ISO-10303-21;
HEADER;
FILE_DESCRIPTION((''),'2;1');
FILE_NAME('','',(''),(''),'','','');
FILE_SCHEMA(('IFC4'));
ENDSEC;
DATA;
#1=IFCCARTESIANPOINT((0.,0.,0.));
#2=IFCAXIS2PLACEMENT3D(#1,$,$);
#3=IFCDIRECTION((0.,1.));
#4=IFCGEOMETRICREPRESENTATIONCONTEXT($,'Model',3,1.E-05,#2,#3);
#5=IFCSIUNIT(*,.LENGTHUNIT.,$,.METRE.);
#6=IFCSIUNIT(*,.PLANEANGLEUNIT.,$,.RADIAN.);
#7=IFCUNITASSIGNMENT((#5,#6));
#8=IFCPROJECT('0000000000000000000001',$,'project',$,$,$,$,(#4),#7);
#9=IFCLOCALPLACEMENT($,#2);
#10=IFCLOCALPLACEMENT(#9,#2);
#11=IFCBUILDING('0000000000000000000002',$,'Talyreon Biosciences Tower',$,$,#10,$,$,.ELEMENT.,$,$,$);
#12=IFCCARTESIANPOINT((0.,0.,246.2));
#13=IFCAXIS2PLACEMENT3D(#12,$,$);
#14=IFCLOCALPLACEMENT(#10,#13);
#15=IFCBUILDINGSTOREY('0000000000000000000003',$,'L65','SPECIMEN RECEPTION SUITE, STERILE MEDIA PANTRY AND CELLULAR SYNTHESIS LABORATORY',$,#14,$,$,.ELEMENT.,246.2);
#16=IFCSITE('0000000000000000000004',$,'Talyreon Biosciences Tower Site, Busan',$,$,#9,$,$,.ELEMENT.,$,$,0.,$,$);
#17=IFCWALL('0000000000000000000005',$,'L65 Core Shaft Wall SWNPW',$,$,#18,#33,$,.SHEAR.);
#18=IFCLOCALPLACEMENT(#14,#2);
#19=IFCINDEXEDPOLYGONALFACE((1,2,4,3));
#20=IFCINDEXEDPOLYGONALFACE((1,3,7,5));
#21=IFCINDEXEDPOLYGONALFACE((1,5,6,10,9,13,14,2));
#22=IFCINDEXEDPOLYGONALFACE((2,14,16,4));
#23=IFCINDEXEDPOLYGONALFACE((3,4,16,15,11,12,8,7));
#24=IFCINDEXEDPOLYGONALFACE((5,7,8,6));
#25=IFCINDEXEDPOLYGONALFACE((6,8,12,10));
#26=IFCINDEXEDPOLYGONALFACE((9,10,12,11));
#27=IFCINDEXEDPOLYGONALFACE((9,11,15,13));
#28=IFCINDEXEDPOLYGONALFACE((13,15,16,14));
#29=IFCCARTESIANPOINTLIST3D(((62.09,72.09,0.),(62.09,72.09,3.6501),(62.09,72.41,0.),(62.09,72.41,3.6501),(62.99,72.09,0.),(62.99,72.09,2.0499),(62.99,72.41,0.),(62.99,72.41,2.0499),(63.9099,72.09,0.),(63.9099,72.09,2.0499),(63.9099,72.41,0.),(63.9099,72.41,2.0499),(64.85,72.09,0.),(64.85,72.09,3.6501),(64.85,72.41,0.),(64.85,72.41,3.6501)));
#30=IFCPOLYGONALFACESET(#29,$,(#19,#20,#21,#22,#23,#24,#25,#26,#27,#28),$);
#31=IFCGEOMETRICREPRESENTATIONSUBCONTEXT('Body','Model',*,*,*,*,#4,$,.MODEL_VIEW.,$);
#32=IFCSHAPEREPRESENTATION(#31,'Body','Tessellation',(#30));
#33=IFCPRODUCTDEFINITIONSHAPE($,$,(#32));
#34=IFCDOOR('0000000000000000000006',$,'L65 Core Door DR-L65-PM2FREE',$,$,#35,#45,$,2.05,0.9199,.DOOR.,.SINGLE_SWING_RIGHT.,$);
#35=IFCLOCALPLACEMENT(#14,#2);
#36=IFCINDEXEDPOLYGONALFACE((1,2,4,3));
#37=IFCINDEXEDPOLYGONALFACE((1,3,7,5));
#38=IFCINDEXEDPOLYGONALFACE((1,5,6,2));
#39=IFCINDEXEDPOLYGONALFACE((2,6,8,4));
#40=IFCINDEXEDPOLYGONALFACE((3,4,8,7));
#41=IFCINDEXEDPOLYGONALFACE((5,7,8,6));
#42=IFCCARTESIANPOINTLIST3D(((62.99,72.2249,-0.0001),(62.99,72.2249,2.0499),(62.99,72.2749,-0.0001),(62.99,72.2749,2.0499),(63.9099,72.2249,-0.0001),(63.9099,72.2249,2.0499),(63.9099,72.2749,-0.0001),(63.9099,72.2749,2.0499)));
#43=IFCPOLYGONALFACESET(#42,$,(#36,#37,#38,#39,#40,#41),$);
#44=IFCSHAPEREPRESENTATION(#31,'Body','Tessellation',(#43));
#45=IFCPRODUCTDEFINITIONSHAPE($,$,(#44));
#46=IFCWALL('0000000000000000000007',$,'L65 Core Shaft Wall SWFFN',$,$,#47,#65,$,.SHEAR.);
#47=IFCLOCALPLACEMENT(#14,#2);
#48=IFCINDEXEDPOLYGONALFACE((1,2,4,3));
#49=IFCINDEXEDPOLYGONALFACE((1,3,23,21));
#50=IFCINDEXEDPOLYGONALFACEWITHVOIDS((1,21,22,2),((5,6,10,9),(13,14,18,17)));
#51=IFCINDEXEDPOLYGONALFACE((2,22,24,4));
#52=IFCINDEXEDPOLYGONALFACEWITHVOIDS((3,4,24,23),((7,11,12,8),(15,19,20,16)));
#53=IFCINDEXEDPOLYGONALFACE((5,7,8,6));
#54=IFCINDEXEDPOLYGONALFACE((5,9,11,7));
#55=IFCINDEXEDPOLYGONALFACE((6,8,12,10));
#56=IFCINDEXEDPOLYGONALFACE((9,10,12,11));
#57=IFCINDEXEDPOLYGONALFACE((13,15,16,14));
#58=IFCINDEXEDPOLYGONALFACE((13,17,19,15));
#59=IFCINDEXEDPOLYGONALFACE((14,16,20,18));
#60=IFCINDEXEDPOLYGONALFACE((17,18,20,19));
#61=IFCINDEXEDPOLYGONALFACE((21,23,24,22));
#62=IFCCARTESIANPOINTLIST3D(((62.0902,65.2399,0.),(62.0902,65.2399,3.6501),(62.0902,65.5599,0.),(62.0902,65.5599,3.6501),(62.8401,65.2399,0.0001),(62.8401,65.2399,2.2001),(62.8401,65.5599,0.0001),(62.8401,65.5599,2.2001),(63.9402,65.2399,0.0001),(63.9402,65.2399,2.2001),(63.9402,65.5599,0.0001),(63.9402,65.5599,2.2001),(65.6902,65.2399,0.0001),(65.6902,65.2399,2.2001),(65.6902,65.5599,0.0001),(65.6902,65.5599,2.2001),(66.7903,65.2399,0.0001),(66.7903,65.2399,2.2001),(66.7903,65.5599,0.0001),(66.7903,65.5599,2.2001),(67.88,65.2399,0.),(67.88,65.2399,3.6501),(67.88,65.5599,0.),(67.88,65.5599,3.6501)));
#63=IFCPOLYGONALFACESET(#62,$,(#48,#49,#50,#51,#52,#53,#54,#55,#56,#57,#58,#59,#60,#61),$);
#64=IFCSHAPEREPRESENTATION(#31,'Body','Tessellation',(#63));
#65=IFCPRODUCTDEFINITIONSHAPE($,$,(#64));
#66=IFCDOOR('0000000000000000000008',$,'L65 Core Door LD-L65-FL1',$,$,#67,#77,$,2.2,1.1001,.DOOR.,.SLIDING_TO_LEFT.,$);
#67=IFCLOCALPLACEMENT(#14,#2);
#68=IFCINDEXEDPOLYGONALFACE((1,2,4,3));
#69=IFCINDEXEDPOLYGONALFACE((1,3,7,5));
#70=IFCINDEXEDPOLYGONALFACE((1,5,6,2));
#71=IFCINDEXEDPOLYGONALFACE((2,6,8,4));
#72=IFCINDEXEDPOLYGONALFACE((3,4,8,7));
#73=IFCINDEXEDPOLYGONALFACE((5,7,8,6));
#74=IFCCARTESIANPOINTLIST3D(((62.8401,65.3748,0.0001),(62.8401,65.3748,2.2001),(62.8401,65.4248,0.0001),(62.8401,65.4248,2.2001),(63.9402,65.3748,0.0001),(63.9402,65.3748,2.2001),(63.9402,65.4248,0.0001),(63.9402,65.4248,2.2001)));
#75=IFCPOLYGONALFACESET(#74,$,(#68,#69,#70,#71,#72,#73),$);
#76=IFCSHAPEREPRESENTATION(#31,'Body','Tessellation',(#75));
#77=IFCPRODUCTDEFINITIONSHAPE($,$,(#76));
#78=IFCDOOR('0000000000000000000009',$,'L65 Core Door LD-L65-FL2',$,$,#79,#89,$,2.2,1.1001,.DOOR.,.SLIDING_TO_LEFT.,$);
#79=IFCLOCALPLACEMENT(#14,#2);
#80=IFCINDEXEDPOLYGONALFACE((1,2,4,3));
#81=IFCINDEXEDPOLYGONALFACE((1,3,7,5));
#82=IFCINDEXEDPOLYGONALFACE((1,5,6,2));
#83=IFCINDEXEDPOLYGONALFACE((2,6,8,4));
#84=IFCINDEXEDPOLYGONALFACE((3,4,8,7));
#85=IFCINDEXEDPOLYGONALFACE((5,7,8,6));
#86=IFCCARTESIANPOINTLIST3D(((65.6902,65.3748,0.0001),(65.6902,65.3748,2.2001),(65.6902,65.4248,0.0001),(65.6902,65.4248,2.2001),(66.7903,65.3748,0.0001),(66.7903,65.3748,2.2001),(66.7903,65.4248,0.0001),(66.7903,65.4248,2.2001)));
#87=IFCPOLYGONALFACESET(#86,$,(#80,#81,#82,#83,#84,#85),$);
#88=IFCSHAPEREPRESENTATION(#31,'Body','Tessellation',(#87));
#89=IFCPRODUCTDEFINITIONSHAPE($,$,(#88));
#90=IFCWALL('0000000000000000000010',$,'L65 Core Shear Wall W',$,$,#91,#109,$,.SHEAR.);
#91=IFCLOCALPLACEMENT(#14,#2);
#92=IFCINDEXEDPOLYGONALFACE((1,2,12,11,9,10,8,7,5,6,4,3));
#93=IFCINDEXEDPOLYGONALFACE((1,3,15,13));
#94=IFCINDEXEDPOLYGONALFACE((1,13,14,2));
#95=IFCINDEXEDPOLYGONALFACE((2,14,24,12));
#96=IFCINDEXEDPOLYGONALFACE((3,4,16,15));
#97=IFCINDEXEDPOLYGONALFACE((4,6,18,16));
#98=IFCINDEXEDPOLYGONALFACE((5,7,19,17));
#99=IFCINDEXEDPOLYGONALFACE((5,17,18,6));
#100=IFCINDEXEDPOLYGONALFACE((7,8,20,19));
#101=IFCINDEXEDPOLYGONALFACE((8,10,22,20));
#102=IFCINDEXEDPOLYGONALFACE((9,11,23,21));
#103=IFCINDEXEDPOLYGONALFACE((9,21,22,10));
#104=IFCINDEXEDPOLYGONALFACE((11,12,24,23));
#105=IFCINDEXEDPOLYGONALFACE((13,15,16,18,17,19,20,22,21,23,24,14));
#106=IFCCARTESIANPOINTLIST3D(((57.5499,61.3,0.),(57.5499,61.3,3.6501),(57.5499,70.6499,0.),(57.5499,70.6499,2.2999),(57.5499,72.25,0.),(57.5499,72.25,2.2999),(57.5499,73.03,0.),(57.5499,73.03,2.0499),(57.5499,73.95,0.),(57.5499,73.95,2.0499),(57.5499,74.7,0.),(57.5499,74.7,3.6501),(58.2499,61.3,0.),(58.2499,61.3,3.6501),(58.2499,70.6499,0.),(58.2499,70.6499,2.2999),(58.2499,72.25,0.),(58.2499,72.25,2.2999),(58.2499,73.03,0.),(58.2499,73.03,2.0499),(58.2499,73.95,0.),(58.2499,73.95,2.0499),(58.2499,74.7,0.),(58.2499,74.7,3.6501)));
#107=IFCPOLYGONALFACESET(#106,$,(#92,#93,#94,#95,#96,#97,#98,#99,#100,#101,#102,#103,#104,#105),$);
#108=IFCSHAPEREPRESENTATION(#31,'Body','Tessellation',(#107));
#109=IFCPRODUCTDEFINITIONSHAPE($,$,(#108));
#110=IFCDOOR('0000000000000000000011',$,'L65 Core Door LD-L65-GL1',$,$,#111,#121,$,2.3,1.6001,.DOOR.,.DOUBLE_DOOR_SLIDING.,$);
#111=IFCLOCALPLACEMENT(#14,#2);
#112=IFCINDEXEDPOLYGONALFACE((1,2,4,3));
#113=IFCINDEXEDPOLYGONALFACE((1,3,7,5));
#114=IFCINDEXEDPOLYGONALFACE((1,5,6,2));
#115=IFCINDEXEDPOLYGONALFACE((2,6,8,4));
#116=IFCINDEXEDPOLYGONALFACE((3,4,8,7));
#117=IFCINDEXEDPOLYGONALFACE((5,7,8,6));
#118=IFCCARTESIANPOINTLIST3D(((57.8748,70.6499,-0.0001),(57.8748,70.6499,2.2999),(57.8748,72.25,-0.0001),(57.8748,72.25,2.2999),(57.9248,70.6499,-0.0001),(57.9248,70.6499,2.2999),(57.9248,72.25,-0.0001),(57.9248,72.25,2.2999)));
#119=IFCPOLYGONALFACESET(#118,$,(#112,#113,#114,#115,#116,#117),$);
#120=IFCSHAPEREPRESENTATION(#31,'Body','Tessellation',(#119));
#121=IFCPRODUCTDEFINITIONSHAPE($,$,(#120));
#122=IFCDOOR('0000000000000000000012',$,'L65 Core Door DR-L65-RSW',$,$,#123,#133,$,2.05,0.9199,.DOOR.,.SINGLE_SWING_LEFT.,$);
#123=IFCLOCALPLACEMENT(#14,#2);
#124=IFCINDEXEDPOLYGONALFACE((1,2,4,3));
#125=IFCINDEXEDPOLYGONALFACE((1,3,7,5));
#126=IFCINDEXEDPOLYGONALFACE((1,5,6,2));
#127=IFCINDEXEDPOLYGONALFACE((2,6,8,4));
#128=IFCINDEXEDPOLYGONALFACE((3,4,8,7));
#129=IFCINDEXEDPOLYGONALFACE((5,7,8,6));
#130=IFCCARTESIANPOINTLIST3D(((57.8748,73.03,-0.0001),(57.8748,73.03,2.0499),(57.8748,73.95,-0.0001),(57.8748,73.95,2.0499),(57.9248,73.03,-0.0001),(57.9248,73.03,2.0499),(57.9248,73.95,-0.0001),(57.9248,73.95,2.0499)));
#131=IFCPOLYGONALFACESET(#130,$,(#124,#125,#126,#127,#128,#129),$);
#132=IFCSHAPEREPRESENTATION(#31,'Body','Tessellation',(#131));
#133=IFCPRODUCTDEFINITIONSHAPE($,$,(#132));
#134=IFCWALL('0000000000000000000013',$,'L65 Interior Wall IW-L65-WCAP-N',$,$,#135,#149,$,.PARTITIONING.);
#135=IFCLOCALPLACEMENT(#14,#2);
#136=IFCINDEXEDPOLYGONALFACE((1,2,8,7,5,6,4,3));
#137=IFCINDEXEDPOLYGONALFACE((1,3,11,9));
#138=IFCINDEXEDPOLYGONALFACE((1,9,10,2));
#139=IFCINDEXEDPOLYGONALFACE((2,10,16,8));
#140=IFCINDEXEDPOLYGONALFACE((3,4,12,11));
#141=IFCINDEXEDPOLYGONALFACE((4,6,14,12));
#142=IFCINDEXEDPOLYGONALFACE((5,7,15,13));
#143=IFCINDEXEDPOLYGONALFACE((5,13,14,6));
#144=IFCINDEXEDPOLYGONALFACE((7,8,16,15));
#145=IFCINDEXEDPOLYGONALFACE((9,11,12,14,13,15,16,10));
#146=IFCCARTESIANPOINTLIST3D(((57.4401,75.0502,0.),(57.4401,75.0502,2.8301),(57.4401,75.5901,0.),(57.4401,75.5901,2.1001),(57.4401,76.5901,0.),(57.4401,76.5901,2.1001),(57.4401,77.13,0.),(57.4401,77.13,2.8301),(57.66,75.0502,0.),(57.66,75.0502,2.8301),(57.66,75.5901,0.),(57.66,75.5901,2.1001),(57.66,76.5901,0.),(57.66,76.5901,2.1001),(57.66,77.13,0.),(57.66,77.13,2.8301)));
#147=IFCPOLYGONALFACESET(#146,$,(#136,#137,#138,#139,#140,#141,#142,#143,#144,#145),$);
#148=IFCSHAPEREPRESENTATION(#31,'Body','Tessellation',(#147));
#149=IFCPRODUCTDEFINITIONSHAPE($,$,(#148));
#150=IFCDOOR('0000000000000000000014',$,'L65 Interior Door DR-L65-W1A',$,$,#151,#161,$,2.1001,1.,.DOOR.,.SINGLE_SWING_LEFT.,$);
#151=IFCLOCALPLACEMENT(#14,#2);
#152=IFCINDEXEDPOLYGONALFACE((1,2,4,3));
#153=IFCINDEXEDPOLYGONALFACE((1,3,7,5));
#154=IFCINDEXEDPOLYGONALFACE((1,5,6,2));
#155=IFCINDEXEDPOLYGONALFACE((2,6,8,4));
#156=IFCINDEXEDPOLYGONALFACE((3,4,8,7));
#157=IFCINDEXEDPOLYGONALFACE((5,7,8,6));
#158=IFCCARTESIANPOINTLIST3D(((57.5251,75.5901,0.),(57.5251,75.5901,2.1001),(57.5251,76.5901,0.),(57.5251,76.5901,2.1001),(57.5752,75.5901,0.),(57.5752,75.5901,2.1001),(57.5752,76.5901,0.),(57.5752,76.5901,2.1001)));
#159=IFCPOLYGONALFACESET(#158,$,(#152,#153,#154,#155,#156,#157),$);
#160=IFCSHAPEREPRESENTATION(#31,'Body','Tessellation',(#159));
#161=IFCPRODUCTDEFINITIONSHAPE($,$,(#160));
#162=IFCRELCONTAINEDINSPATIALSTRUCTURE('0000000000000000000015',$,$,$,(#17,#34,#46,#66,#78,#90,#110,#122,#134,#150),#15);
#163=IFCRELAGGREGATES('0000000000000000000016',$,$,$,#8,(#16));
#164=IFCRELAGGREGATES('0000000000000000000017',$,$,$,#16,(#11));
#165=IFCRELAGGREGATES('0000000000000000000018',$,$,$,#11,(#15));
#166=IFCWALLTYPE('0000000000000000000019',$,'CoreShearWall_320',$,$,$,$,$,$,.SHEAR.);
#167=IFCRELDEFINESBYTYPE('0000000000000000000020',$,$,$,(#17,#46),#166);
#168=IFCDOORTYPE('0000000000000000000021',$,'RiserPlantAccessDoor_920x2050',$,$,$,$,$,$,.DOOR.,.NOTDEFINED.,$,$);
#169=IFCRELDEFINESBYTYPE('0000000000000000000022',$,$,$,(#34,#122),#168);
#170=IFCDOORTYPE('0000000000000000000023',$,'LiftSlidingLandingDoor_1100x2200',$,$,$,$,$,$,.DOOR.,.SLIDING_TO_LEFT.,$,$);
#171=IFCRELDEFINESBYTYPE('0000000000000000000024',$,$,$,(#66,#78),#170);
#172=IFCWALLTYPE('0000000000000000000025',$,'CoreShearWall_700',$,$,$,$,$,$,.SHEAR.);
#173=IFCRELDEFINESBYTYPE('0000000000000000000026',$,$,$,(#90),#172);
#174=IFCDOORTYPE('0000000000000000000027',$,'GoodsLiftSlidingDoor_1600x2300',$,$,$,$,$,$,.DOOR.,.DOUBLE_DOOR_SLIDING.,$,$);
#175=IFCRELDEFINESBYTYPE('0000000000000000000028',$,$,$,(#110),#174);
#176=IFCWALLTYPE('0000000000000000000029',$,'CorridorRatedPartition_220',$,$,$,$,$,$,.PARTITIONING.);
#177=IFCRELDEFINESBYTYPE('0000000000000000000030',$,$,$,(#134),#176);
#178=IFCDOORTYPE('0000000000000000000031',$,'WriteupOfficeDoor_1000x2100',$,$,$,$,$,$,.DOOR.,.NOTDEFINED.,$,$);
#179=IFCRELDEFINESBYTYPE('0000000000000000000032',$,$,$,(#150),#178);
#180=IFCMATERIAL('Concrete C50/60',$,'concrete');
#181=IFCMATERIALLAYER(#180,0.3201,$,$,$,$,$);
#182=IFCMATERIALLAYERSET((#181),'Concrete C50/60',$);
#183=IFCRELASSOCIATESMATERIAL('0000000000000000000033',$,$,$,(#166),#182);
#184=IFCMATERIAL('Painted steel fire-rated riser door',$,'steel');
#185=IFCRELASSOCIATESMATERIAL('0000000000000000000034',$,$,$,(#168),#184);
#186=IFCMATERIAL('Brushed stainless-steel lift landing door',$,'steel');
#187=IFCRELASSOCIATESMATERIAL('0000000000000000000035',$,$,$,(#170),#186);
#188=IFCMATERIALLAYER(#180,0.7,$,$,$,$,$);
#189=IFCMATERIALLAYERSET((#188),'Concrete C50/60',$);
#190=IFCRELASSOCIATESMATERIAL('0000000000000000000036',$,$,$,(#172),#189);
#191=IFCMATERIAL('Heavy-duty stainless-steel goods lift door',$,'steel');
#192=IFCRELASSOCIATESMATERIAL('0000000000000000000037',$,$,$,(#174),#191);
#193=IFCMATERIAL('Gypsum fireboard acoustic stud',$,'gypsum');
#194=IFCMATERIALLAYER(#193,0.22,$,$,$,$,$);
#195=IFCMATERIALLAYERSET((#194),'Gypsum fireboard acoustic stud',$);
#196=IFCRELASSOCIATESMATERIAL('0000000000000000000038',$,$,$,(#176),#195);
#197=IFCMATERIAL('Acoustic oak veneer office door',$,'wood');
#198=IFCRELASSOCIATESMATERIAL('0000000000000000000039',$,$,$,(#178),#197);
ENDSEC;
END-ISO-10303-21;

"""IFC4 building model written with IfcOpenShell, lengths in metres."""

from ifc_helpers import new_model, si_unit, direction, frame, frame_2d, origin, place, context, subcontext, project, spatial, rectangle, extrude, material, layer, layer_set, type_object, element, fill, save


model = new_model("IFC4")

# Units and contexts
model_context = context("Model", 3, precision=1e-05, world=origin(), true_north=direction((0.0, 1.0)))
body_context = subcontext(model_context, "Body", "Model", "MODEL_VIEW")
ifc_project = project(units=[si_unit("LENGTHUNIT", "METRE"), si_unit("PLANEANGLEUNIT", "RADIAN")], contexts=[model_context])

# Site, building, storey
site_placement = place(None, origin())
site = spatial("IfcSite", under=ifc_project, at=site_placement, Name="Talyreon Biosciences Tower Site, Busan", CompositionType="ELEMENT", RefElevation=0.0)
building_placement = place(site_placement, origin())
building = spatial("IfcBuilding", under=site, at=building_placement, Name="Talyreon Biosciences Tower", CompositionType="ELEMENT")
storey_placement = place(building_placement, frame((0.0, 0.0, 246.2)))
storey = spatial("IfcBuildingStorey", under=building, at=storey_placement, Name="L65", Description="SPECIMEN RECEPTION SUITE, STERILE MEDIA PANTRY AND CELLULAR SYNTHESIS LABORATORY", CompositionType="ELEMENT", Elevation=246.2)

# Shared definitions
ifc_material_1 = material(Name="Concrete C50/60", Category="concrete")

# Shared definitions
ifc_layer_1 = layer(ifc_material_1, 0.3201)
ifc_layer_set_1 = layer_set([ifc_layer_1], Name="Concrete C50/60")
wall_type_1 = type_object("IfcWallType", Name="CoreShearWall_320", PredefinedType="SHEAR", material=ifc_layer_set_1)

# Wall, opening, door
wall_1_placement = place(storey_placement, frame((62.0901, 72.25, 0.0), z_axis=(0.0, 0.0, 1.0), x_axis=(1.0, 0.0, 0.0)))
wall_1 = element("IfcWall", 1, at=wall_1_placement, inside=storey, type_object=wall_type_1, Name="L65 Core Shaft Wall SWNPW", PredefinedType="SHEAR", context=body_context, shape_type="SweptSolid", body=[
    extrude(rectangle(XDim=2.76, YDim=0.3201, at=frame_2d((1.3799, 0.0))), origin(), (0.0, 0.0, 1.0), 3.6501),
])
opening_1_placement = place(wall_1_placement, frame((0.8999, 0.0, 0.0)))
opening_1 = element("IfcOpeningElement", 2, at=opening_1_placement, cuts=wall_1, PredefinedType="OPENING", context=body_context, shape_type="SweptSolid", body=[
    extrude(rectangle(XDim=0.9199, YDim=2.05, at=frame_2d((0.46, 1.0249))), frame((0.0, 0.1699, 0.0), z_axis=(0.0, -1.0, 0.0), x_axis=(1.0, 0.0, 0.0)), (0.0, 0.0, 1.0), 0.3401),
])
ifc_material_2 = material(Name="Painted steel fire-rated riser door", Category="steel")
door_type_1 = type_object("IfcDoorType", Name="RiserPlantAccessDoor_920x2050", OperationType="NOTDEFINED", PredefinedType="DOOR", material=ifc_material_2)
door_1_placement = place(opening_1_placement, origin())
door_1 = element("IfcDoor", 3, at=door_1_placement, inside=storey, type_object=door_type_1, Name="L65 Core Door DR-L65-PM2FREE", OperationType="SINGLE_SWING_RIGHT", OverallHeight=2.05, OverallWidth=0.9199, PredefinedType="DOOR", context=body_context, shape_type="SweptSolid", body=[
    extrude(rectangle(XDim=0.9199, YDim=2.05, at=frame_2d((0.46, 1.0249))), frame((0.0, 0.0249, 0.0), z_axis=(0.0, -1.0, 0.0), x_axis=(1.0, 0.0, 0.0)), (0.0, 0.0, 1.0), 0.05),
])
fill(opening_1, door_1)

# Walls, openings, doors
wall_2_placement = place(storey_placement, frame((62.0901, 65.3999, 0.0), z_axis=(0.0, 0.0, 1.0), x_axis=(1.0, 0.0, 0.0)))
wall_2 = element("IfcWall", 4, at=wall_2_placement, inside=storey, type_object=wall_type_1, Name="L65 Core Shaft Wall SWFFN", PredefinedType="SHEAR", context=body_context, shape_type="SweptSolid", body=[
    extrude(rectangle(XDim=5.7898, YDim=0.3201, at=frame_2d((2.895, 0.0))), origin(), (0.0, 0.0, 1.0), 3.6501),
])
opening_2_placement = place(wall_2_placement, frame((0.75, 0.0, 0.0)))
opening_2 = element("IfcOpeningElement", 5, at=opening_2_placement, cuts=wall_2, PredefinedType="OPENING", context=body_context, shape_type="SweptSolid", body=[
    extrude(rectangle(XDim=1.1001, YDim=2.2, at=frame_2d((0.55, 1.1001))), frame((0.0, 0.1699, 0.0), z_axis=(0.0, -1.0, 0.0), x_axis=(1.0, 0.0, 0.0)), (0.0, 0.0, 1.0), 0.3401),
])
opening_3_placement = place(wall_2_placement, frame((3.6001, 0.0, 0.0)))
opening_3 = element("IfcOpeningElement", 6, at=opening_3_placement, cuts=wall_2, PredefinedType="OPENING", context=body_context, shape_type="SweptSolid", body=[
    extrude(rectangle(XDim=1.1001, YDim=2.2, at=frame_2d((0.55, 1.1001))), frame((0.0, 0.1699, 0.0), z_axis=(0.0, -1.0, 0.0), x_axis=(1.0, 0.0, 0.0)), (0.0, 0.0, 1.0), 0.3401),
])
ifc_material_3 = material(Name="Brushed stainless-steel lift landing door", Category="steel")
door_type_2 = type_object("IfcDoorType", Name="LiftSlidingLandingDoor_1100x2200", OperationType="SLIDING_TO_LEFT", PredefinedType="DOOR", material=ifc_material_3)
door_2_placement = place(opening_2_placement, origin())
door_2 = element("IfcDoor", 7, at=door_2_placement, inside=storey, type_object=door_type_2, Name="L65 Core Door LD-L65-FL1", OperationType="SLIDING_TO_LEFT", OverallHeight=2.2, OverallWidth=1.1001, PredefinedType="DOOR", context=body_context, shape_type="SweptSolid", body=[
    extrude(rectangle(XDim=1.1001, YDim=2.2, at=frame_2d((0.55, 1.1001))), frame((0.0, 0.0249, 0.0), z_axis=(0.0, -1.0, 0.0), x_axis=(1.0, 0.0, 0.0)), (0.0, 0.0, 1.0), 0.05),
])
fill(opening_2, door_2)
door_3_placement = place(opening_3_placement, origin())
door_3 = element("IfcDoor", 8, at=door_3_placement, inside=storey, type_object=door_type_2, Name="L65 Core Door LD-L65-FL2", OperationType="SLIDING_TO_LEFT", OverallHeight=2.2, OverallWidth=1.1001, PredefinedType="DOOR", context=body_context, shape_type="SweptSolid", body=[
    extrude(rectangle(XDim=1.1001, YDim=2.2, at=frame_2d((0.55, 1.1001))), frame((0.0, 0.0249, 0.0), z_axis=(0.0, -1.0, 0.0), x_axis=(1.0, 0.0, 0.0)), (0.0, 0.0, 1.0), 0.05),
])
fill(opening_3, door_3)
ifc_layer_2 = layer(ifc_material_1, 0.7)
ifc_layer_set_2 = layer_set([ifc_layer_2], Name="Concrete C50/60")
wall_type_2 = type_object("IfcWallType", Name="CoreShearWall_700", PredefinedType="SHEAR", material=ifc_layer_set_2)
wall_3_placement = place(storey_placement, frame((57.8999, 74.7, 0.0), z_axis=(0.0, 0.0, 1.0), x_axis=(0.0, -1.0, 0.0)))
wall_3 = element("IfcWall", 9, at=wall_3_placement, inside=storey, type_object=wall_type_2, Name="L65 Core Shear Wall W", PredefinedType="SHEAR", context=body_context, shape_type="SweptSolid", body=[
    extrude(rectangle(XDim=13.3999, YDim=0.7, at=frame_2d((6.7, 0.0))), origin(), (0.0, 0.0, 1.0), 3.6501),
])
opening_4_placement = place(wall_3_placement, frame((0.75, 0.0, 0.0)))
opening_4 = element("IfcOpeningElement", 10, at=opening_4_placement, cuts=wall_3, PredefinedType="OPENING", context=body_context, shape_type="SweptSolid", body=[
    extrude(rectangle(XDim=0.9199, YDim=2.05, at=frame_2d((0.46, 1.0249))), frame((0.0, 0.3599, 0.0), z_axis=(0.0, -1.0, 0.0), x_axis=(1.0, 0.0, 0.0)), (0.0, 0.0, 1.0), 0.72),
])
opening_5_placement = place(wall_3_placement, frame((2.45, 0.0, 0.0)))
opening_5 = element("IfcOpeningElement", 11, at=opening_5_placement, cuts=wall_3, PredefinedType="OPENING", context=body_context, shape_type="SweptSolid", body=[
    extrude(rectangle(XDim=1.6001, YDim=2.3, at=frame_2d((0.8, 1.1499))), frame((0.0, 0.3599, 0.0), z_axis=(0.0, -1.0, 0.0), x_axis=(1.0, 0.0, 0.0)), (0.0, 0.0, 1.0), 0.72),
])
ifc_material_4 = material(Name="Heavy-duty stainless-steel goods lift door", Category="steel")
door_type_3 = type_object("IfcDoorType", Name="GoodsLiftSlidingDoor_1600x2300", OperationType="DOUBLE_DOOR_SLIDING", PredefinedType="DOOR", material=ifc_material_4)
door_4_placement = place(opening_5_placement, origin())
door_4 = element("IfcDoor", 12, at=door_4_placement, inside=storey, type_object=door_type_3, Name="L65 Core Door LD-L65-GL1", OperationType="DOUBLE_DOOR_SLIDING", OverallHeight=2.3, OverallWidth=1.6001, PredefinedType="DOOR", context=body_context, shape_type="SweptSolid", body=[
    extrude(rectangle(XDim=1.6001, YDim=2.3, at=frame_2d((0.8, 1.1499))), frame((0.0, 0.0249, 0.0), z_axis=(0.0, -1.0, 0.0), x_axis=(1.0, 0.0, 0.0)), (0.0, 0.0, 1.0), 0.05),
])
fill(opening_5, door_4)
door_5_placement = place(opening_4_placement, origin())
door_5 = element("IfcDoor", 13, at=door_5_placement, inside=storey, type_object=door_type_1, Name="L65 Core Door DR-L65-RSW", OperationType="SINGLE_SWING_LEFT", OverallHeight=2.05, OverallWidth=0.9199, PredefinedType="DOOR", context=body_context, shape_type="SweptSolid", body=[
    extrude(rectangle(XDim=0.9199, YDim=2.05, at=frame_2d((0.46, 1.0249))), frame((0.0, 0.0249, 0.0), z_axis=(0.0, -1.0, 0.0), x_axis=(1.0, 0.0, 0.0)), (0.0, 0.0, 1.0), 0.05),
])
fill(opening_4, door_5)

# Wall, opening, door
ifc_material_5 = material(Name="Gypsum fireboard acoustic stud", Category="gypsum")
ifc_layer_3 = layer(ifc_material_5, 0.22)
ifc_layer_set_3 = layer_set([ifc_layer_3], Name="Gypsum fireboard acoustic stud")
wall_type_3 = type_object("IfcWallType", Name="CorridorRatedPartition_220", PredefinedType="PARTITIONING", material=ifc_layer_set_3)
wall_4_placement = place(storey_placement, frame((57.55, 75.05, 0.0), z_axis=(0.0, 0.0, 1.0), x_axis=(0.0, 1.0, 0.0)))
wall_4 = element("IfcWall", 14, at=wall_4_placement, inside=storey, type_object=wall_type_3, Name="L65 Interior Wall IW-L65-WCAP-N", PredefinedType="PARTITIONING", context=body_context, shape_type="SweptSolid", body=[
    extrude(rectangle(XDim=2.0798, YDim=0.22, at=frame_2d((1.04, 0.0))), origin(), (0.0, 0.0, 1.0), 2.8301),
])
opening_6_placement = place(wall_4_placement, frame((0.54, 0.0, 0.0)))
opening_6 = element("IfcOpeningElement", 15, at=opening_6_placement, cuts=wall_4, PredefinedType="OPENING", context=body_context, shape_type="SweptSolid", body=[
    extrude(rectangle(XDim=1.0, YDim=2.1001, at=frame_2d((0.5, 1.05))), frame((0.0, 0.1199, 0.0), z_axis=(0.0, -1.0, 0.0), x_axis=(1.0, 0.0, 0.0)), (0.0, 0.0, 1.0), 0.24),
])
ifc_material_6 = material(Name="Acoustic oak veneer office door", Category="wood")
door_type_4 = type_object("IfcDoorType", Name="WriteupOfficeDoor_1000x2100", OperationType="NOTDEFINED", PredefinedType="DOOR", material=ifc_material_6)
door_6_placement = place(opening_6_placement, origin())
door_6 = element("IfcDoor", 16, at=door_6_placement, inside=storey, type_object=door_type_4, Name="L65 Interior Door DR-L65-W1A", OperationType="SINGLE_SWING_LEFT", OverallHeight=2.1001, OverallWidth=1.0, PredefinedType="DOOR", context=body_context, shape_type="SweptSolid", body=[
    extrude(rectangle(XDim=1.0, YDim=2.1001, at=frame_2d((0.5, 1.05))), frame((0.0, 0.0249, 0.0), z_axis=(0.0, -1.0, 0.0), x_axis=(1.0, 0.0, 0.0)), (0.0, 0.0, 1.0), 0.05),
])
fill(opening_6, door_6)

save(model, "model.ifc")
